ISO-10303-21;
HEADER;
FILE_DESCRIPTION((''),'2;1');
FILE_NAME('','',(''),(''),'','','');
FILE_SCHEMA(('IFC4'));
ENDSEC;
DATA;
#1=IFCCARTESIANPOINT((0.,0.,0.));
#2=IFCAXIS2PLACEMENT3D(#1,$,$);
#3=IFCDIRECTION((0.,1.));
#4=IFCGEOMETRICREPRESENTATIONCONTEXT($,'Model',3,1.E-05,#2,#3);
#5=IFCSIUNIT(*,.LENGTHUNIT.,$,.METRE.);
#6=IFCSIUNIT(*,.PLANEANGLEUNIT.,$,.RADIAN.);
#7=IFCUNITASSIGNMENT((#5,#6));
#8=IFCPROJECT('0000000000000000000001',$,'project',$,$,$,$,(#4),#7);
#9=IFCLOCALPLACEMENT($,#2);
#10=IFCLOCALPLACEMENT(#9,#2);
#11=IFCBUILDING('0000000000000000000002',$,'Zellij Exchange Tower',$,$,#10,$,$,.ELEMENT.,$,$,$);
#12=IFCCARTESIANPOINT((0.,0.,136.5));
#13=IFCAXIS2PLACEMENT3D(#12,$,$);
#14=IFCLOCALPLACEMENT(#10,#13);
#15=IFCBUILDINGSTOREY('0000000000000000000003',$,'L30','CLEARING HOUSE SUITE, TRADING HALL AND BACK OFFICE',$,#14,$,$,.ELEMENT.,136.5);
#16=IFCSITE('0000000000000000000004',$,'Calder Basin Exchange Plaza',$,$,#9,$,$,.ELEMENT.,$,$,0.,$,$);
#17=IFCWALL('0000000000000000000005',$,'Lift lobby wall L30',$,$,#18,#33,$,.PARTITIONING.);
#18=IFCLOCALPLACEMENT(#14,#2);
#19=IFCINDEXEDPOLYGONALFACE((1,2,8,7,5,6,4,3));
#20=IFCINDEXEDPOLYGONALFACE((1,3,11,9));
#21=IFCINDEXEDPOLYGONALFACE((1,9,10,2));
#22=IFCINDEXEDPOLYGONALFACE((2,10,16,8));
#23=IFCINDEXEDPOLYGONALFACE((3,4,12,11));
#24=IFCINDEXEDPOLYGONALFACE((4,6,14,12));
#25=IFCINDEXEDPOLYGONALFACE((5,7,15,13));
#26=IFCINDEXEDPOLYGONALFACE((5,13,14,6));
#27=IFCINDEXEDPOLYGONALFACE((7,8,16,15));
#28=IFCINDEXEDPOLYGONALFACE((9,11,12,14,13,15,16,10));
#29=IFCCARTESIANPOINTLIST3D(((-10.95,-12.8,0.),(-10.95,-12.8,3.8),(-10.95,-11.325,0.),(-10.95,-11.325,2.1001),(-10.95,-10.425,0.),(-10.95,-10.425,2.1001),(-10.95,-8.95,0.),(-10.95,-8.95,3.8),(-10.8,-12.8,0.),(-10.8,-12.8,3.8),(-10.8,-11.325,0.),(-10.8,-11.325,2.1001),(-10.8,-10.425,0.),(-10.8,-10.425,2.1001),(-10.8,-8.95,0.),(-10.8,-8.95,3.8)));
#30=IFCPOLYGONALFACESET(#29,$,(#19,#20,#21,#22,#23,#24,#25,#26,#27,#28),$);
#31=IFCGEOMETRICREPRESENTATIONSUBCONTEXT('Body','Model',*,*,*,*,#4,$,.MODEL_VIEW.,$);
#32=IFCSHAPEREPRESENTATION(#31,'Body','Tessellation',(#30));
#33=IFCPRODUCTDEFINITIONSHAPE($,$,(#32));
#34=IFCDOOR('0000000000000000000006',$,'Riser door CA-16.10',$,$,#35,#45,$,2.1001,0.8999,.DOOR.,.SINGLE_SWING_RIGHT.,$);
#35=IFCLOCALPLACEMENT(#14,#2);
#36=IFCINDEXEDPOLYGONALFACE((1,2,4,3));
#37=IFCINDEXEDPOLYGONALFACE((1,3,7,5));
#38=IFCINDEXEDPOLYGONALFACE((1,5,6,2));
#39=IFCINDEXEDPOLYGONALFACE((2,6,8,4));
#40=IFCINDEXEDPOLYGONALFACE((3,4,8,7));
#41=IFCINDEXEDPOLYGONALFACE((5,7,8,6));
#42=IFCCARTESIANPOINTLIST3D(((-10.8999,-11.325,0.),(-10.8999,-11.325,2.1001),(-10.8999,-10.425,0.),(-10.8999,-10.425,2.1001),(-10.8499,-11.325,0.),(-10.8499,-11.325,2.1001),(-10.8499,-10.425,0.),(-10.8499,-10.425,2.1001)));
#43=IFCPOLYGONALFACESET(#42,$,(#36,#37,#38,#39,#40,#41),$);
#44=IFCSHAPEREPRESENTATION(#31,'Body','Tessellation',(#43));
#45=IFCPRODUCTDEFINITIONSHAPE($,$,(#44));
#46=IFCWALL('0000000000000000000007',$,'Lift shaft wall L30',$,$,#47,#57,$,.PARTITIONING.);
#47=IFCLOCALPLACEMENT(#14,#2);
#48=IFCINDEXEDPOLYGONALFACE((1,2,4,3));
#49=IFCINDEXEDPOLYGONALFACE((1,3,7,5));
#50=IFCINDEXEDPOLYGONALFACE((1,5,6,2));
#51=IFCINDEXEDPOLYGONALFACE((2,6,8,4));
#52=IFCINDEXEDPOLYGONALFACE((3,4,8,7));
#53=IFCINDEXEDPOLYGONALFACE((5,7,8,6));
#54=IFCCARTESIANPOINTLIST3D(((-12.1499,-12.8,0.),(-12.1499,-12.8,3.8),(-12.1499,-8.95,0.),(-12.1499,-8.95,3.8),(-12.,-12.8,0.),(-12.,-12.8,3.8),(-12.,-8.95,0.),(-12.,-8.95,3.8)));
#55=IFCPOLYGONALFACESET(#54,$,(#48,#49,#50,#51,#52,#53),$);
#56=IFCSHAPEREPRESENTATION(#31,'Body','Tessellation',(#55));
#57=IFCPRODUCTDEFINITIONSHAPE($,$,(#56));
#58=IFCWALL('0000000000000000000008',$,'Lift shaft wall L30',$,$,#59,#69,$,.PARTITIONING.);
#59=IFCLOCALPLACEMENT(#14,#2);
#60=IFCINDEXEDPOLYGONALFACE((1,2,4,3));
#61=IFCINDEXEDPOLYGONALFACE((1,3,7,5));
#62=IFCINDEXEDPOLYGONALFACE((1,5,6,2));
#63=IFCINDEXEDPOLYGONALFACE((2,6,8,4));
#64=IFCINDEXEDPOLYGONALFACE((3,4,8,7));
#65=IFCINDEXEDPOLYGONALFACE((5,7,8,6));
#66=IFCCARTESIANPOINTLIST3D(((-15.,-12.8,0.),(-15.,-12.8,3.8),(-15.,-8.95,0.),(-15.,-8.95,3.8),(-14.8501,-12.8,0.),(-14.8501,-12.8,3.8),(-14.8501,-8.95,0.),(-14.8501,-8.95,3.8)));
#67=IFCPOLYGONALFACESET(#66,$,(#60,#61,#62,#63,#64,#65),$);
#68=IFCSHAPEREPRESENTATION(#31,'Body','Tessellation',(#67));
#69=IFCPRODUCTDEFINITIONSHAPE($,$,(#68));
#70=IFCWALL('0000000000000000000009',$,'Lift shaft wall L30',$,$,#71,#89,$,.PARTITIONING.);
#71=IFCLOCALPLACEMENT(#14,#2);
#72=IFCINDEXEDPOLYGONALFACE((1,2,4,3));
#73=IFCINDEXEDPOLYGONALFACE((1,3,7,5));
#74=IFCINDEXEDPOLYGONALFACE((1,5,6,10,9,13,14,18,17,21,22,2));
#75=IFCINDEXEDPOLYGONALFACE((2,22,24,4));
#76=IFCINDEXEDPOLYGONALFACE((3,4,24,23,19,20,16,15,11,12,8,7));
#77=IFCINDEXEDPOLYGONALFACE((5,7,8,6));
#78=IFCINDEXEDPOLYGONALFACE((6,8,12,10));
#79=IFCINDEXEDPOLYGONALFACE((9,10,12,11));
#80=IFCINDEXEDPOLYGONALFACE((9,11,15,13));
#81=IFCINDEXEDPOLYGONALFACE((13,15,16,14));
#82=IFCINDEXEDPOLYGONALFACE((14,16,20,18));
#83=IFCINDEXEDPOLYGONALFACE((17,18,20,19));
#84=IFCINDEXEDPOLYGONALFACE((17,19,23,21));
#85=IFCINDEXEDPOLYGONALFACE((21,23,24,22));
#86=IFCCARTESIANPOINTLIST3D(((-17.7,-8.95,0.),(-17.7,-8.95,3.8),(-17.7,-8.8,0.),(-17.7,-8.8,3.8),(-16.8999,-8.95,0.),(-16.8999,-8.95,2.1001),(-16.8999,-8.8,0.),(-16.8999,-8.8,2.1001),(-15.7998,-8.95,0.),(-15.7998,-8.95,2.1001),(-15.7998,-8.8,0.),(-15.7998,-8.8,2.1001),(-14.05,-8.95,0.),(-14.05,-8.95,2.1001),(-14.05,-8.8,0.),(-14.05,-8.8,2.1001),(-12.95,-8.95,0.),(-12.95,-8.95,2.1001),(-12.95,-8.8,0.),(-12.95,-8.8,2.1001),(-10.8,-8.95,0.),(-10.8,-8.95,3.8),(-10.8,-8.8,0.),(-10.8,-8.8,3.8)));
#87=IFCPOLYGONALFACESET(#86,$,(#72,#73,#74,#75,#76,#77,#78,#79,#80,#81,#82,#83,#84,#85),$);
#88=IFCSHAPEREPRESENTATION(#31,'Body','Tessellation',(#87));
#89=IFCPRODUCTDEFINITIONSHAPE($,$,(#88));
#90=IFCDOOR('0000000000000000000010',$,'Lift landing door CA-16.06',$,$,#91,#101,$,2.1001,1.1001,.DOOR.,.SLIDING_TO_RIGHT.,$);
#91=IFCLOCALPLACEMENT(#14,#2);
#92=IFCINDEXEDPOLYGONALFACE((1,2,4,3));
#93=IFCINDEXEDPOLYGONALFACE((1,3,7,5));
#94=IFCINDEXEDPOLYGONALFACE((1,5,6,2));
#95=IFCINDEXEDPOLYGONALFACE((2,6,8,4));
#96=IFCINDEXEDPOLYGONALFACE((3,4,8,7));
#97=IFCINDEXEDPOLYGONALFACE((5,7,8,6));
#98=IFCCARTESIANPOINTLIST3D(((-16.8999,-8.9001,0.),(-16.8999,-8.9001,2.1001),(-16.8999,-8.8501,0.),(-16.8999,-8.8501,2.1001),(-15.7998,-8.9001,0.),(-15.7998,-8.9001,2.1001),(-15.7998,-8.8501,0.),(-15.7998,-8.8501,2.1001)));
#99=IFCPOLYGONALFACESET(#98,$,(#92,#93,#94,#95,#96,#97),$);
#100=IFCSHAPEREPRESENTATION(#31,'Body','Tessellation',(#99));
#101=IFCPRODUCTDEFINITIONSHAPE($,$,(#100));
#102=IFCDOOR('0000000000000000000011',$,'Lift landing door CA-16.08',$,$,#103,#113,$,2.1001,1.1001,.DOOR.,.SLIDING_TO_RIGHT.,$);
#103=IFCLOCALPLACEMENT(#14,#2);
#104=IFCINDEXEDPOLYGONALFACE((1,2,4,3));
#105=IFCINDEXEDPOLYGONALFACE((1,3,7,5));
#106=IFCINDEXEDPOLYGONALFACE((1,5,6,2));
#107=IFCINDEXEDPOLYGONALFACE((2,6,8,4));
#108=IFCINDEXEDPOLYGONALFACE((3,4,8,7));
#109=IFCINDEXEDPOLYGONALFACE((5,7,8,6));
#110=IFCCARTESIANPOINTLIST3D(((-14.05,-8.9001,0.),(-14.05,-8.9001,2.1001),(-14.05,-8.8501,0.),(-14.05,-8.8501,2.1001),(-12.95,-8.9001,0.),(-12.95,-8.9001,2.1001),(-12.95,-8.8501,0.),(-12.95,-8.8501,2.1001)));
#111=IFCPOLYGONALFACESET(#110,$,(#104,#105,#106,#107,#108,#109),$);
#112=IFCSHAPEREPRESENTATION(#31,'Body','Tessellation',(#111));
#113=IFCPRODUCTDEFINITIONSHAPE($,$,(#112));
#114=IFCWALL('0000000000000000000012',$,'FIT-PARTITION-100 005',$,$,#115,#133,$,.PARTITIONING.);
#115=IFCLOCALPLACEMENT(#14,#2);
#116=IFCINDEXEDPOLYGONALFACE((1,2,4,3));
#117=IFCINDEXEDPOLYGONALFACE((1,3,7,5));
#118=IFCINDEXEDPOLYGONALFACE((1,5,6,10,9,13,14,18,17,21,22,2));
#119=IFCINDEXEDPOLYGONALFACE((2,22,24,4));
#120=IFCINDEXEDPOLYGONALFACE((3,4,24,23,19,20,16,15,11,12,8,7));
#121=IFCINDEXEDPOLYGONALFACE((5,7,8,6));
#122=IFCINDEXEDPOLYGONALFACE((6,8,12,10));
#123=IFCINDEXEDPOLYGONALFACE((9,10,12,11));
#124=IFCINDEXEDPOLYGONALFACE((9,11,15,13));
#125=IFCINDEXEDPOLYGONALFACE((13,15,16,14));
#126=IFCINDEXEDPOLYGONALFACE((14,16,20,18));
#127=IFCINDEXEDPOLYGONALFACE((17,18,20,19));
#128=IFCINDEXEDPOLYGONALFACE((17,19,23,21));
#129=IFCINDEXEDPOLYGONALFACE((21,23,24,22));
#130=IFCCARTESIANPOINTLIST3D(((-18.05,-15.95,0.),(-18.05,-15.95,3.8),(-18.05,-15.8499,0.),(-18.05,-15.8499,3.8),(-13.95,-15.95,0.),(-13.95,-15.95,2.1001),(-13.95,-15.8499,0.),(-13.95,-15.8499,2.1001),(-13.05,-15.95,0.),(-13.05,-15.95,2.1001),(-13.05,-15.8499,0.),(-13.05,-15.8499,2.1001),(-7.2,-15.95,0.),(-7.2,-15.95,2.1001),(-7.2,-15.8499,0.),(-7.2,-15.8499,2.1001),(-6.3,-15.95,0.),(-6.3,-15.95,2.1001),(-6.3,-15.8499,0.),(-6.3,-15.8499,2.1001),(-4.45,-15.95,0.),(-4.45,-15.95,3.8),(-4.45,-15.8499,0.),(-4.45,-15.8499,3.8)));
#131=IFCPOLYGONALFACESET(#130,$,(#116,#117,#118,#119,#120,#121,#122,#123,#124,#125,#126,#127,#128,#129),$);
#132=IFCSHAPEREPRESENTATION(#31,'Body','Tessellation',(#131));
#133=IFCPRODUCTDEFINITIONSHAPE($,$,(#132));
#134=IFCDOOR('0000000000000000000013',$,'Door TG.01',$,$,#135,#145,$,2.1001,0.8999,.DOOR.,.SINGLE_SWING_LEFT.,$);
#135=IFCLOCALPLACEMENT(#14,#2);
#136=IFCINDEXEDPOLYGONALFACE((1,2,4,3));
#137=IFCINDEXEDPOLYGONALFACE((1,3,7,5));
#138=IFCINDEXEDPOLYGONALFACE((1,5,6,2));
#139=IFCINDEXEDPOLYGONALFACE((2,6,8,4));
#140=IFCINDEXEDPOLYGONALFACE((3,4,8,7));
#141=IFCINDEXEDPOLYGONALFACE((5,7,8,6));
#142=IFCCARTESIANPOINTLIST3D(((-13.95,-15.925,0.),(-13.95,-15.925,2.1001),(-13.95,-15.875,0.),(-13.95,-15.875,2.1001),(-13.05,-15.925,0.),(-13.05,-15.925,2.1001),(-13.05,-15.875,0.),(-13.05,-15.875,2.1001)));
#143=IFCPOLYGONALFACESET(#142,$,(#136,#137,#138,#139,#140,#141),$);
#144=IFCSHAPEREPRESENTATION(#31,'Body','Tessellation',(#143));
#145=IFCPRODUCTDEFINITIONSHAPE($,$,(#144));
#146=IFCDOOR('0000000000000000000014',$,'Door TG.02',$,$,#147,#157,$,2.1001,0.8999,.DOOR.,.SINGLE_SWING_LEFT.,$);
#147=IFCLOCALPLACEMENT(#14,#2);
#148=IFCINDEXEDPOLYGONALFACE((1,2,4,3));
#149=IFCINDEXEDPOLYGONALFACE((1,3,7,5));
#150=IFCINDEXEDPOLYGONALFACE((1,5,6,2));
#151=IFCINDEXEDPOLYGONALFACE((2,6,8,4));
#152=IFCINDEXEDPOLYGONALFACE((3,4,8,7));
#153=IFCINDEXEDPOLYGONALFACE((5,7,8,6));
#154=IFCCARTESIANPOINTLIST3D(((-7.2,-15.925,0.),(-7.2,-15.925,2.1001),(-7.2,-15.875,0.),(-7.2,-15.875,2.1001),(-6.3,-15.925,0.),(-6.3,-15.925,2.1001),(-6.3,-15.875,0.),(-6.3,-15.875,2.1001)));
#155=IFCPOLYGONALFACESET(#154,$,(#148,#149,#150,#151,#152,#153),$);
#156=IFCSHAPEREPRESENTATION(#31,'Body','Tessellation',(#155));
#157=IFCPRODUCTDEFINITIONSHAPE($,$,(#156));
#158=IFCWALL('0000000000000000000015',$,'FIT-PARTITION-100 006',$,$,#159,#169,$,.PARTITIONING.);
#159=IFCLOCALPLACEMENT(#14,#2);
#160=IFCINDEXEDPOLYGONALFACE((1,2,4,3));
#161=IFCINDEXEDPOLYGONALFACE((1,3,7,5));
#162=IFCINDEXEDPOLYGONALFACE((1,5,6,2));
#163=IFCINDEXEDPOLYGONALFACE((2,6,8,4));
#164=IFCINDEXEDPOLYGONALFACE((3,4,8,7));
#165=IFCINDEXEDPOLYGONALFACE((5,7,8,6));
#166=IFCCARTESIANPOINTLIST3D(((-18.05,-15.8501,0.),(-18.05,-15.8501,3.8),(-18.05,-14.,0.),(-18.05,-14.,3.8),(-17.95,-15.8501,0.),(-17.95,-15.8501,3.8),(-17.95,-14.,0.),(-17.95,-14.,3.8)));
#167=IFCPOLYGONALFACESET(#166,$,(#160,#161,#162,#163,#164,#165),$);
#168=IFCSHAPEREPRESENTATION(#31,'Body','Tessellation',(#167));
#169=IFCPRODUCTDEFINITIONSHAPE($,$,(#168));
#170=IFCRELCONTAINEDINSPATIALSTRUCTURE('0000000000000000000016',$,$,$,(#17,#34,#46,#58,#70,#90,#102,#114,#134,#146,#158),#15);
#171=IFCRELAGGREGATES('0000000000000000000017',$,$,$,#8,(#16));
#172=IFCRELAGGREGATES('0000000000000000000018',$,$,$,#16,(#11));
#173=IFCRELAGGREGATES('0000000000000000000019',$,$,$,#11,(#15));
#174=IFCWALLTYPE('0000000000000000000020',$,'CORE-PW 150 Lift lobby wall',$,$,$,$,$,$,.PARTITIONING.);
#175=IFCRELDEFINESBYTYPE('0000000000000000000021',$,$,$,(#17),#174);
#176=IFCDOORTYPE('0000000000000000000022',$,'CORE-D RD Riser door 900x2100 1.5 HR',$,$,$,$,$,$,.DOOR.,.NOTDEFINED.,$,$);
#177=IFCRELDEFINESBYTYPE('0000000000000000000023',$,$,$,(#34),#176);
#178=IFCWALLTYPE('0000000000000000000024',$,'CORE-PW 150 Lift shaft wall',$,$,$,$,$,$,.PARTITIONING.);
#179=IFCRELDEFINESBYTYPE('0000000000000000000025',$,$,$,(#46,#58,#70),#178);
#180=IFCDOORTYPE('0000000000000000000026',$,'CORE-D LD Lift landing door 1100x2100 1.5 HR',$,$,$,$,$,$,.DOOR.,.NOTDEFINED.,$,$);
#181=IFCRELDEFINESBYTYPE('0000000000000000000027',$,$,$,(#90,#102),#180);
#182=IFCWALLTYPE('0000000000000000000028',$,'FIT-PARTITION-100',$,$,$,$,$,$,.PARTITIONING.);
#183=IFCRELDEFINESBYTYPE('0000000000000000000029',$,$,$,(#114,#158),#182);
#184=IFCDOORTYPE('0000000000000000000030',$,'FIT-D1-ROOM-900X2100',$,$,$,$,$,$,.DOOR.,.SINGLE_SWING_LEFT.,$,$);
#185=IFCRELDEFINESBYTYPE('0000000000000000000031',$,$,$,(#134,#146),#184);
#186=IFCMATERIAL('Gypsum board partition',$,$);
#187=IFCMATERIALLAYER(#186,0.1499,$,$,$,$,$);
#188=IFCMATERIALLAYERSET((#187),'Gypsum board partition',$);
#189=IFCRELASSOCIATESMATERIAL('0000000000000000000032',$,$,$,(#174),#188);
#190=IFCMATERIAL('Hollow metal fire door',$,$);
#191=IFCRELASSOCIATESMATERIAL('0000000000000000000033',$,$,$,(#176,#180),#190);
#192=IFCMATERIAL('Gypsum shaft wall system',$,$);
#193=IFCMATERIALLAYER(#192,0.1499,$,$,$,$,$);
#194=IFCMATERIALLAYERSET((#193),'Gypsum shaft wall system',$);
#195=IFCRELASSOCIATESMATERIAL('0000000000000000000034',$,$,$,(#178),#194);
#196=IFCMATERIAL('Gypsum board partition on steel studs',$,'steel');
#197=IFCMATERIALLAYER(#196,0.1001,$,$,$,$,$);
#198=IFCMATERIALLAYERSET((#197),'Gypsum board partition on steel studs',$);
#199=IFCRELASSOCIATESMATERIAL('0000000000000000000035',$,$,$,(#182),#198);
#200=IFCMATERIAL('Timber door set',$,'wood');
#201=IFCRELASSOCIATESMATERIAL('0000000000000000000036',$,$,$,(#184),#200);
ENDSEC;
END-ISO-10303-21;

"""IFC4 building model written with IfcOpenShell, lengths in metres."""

from ifc_helpers import new_model, si_unit, direction, frame, frame_2d, origin, place, context, subcontext, project, spatial, rectangle, extrude, material, layer, layer_set, type_object, element, fill, save


model = new_model("IFC4")

# Units and contexts
model_context = context("Model", 3, precision=1e-05, world=origin(), true_north=direction((0.0, 1.0)))
body_context = subcontext(model_context, "Body", "Model", "MODEL_VIEW")
ifc_project = project(units=[si_unit("LENGTHUNIT", "METRE"), si_unit("PLANEANGLEUNIT", "RADIAN")], contexts=[model_context])

# Site, building, storey
site_placement = place(None, origin())
site = spatial("IfcSite", under=ifc_project, at=site_placement, Name="Calder Basin Exchange Plaza", CompositionType="ELEMENT", RefElevation=0.0)
building_placement = place(site_placement, origin())
building = spatial("IfcBuilding", under=site, at=building_placement, Name="Zellij Exchange Tower", CompositionType="ELEMENT")
storey_placement = place(building_placement, frame((0.0, 0.0, 136.5)))
storey = spatial("IfcBuildingStorey", under=building, at=storey_placement, Name="L30", Description="CLEARING HOUSE SUITE, TRADING HALL AND BACK OFFICE", CompositionType="ELEMENT", Elevation=136.5)

# Wall, opening, door
ifc_material_1 = material(Name="Gypsum board partition")
ifc_layer_1 = layer(ifc_material_1, 0.1499)
ifc_layer_set_1 = layer_set([ifc_layer_1], Name="Gypsum board partition")
wall_type_1 = type_object("IfcWallType", Name="CORE-PW 150 Lift lobby wall", PredefinedType="PARTITIONING", material=ifc_layer_set_1)
wall_1_placement = place(storey_placement, frame((-10.875, -12.8, 0.0), z_axis=(0.0, 0.0, 1.0), x_axis=(0.0, 1.0, 0.0)))
wall_1 = element("IfcWall", 1, at=wall_1_placement, inside=storey, type_object=wall_type_1, Name="Lift lobby wall L30", PredefinedType="PARTITIONING", context=body_context, shape_type="SweptSolid", body=[
    extrude(rectangle(XDim=3.8501, YDim=0.1499, at=frame_2d((1.925, 0.0))), origin(), (0.0, 0.0, 1.0), 3.8),
])
opening_1_placement = place(wall_1_placement, frame((1.4751, 0.0, 0.0)))
opening_1 = element("IfcOpeningElement", 2, at=opening_1_placement, cuts=wall_1, PredefinedType="OPENING", context=body_context, shape_type="SweptSolid", body=[
    extrude(rectangle(XDim=0.8999, YDim=2.1001, at=frame_2d((0.45, 1.05))), frame((0.0, 0.0869, 0.0), z_axis=(0.0, -1.0, 0.0), x_axis=(1.0, 0.0, 0.0)), (0.0, 0.0, 1.0), 0.1738),
])
ifc_material_2 = material(Name="Hollow metal fire door")
door_type_1 = type_object("IfcDoorType", Name="CORE-D RD Riser door 900x2100 1.5 HR", OperationType="NOTDEFINED", PredefinedType="DOOR", material=ifc_material_2)
door_1_placement = place(opening_1_placement, origin())
door_1 = element("IfcDoor", 3, at=door_1_placement, inside=storey, type_object=door_type_1, Name="Riser door CA-16.10", OperationType="SINGLE_SWING_RIGHT", OverallHeight=2.1001, OverallWidth=0.8999, PredefinedType="DOOR", context=body_context, shape_type="SweptSolid", body=[
    extrude(rectangle(XDim=0.8999, YDim=2.1001, at=frame_2d((0.45, 1.05))), frame((0.0, 0.0249, 0.0), z_axis=(0.0, -1.0, 0.0), x_axis=(1.0, 0.0, 0.0)), (0.0, 0.0, 1.0), 0.05),
])
fill(opening_1, door_1)

# Walls
ifc_material_3 = material(Name="Gypsum shaft wall system")
ifc_layer_2 = layer(ifc_material_3, 0.1499)
ifc_layer_set_2 = layer_set([ifc_layer_2], Name="Gypsum shaft wall system")
wall_type_2 = type_object("IfcWallType", Name="CORE-PW 150 Lift shaft wall", PredefinedType="PARTITIONING", material=ifc_layer_set_2)
for number, where, z_axis, x_axis, name in (
    (4, (-12.075, -12.8, 0.0), (0.0, 0.0, 1.0), (0.0, 1.0, 0.0), "Lift shaft wall L30"),
    (5, (-14.925, -12.8, 0.0), (0.0, 0.0, 1.0), (0.0, 1.0, 0.0), "Lift shaft wall L30"),
):
    element("IfcWall", number, at=place(storey_placement, frame(where, z_axis=z_axis, x_axis=x_axis)), inside=storey, type_object=wall_type_2, Name=name, PredefinedType="PARTITIONING", context=body_context, shape_type="SweptSolid", body=[
        extrude(rectangle(XDim=3.8501, YDim=0.1499, at=frame_2d((1.925, 0.0))), origin(), (0.0, 0.0, 1.0), 3.8),
    ])

# Walls, openings, doors
wall_2_placement = place(storey_placement, frame((-17.7, -8.875, 0.0), z_axis=(0.0, 0.0, 1.0), x_axis=(1.0, 0.0, 0.0)))
wall_2 = element("IfcWall", 6, at=wall_2_placement, inside=storey, type_object=wall_type_2, Name="Lift shaft wall L30", PredefinedType="PARTITIONING", context=body_context, shape_type="SweptSolid", body=[
    extrude(rectangle(XDim=6.8999, YDim=0.1499, at=frame_2d((3.45, 0.0))), origin(), (0.0, 0.0, 1.0), 3.8),
])
opening_2_placement = place(wall_2_placement, frame((0.8, 0.0, 0.0)))
opening_2 = element("IfcOpeningElement", 7, at=opening_2_placement, cuts=wall_2, PredefinedType="OPENING", context=body_context, shape_type="SweptSolid", body=[
    extrude(rectangle(XDim=1.1001, YDim=2.1001, at=frame_2d((0.55, 1.05))), frame((0.0, 0.0869, 0.0), z_axis=(0.0, -1.0, 0.0), x_axis=(1.0, 0.0, 0.0)), (0.0, 0.0, 1.0), 0.1738),
])
opening_3_placement = place(wall_2_placement, frame((3.6499, 0.0, 0.0)))
opening_3 = element("IfcOpeningElement", 8, at=opening_3_placement, cuts=wall_2, PredefinedType="OPENING", context=body_context, shape_type="SweptSolid", body=[
    extrude(rectangle(XDim=1.1001, YDim=2.1001, at=frame_2d((0.55, 1.05))), frame((0.0, 0.0869, 0.0), z_axis=(0.0, -1.0, 0.0), x_axis=(1.0, 0.0, 0.0)), (0.0, 0.0, 1.0), 0.1738),
])
door_type_2 = type_object("IfcDoorType", Name="CORE-D LD Lift landing door 1100x2100 1.5 HR", OperationType="NOTDEFINED", PredefinedType="DOOR", material=ifc_material_2)
door_2_placement = place(opening_2_placement, origin())
door_2 = element("IfcDoor", 9, at=door_2_placement, inside=storey, type_object=door_type_2, Name="Lift landing door CA-16.06", OperationType="SLIDING_TO_RIGHT", OverallHeight=2.1001, OverallWidth=1.1001, PredefinedType="DOOR", context=body_context, shape_type="SweptSolid", body=[
    extrude(rectangle(XDim=1.1001, YDim=2.1001, at=frame_2d((0.55, 1.05))), frame((0.0, 0.0249, 0.0), z_axis=(0.0, -1.0, 0.0), x_axis=(1.0, 0.0, 0.0)), (0.0, 0.0, 1.0), 0.05),
])
fill(opening_2, door_2)
door_3_placement = place(opening_3_placement, origin())
door_3 = element("IfcDoor", 10, at=door_3_placement, inside=storey, type_object=door_type_2, Name="Lift landing door CA-16.08", OperationType="SLIDING_TO_RIGHT", OverallHeight=2.1001, OverallWidth=1.1001, PredefinedType="DOOR", context=body_context, shape_type="SweptSolid", body=[
    extrude(rectangle(XDim=1.1001, YDim=2.1001, at=frame_2d((0.55, 1.05))), frame((0.0, 0.0249, 0.0), z_axis=(0.0, -1.0, 0.0), x_axis=(1.0, 0.0, 0.0)), (0.0, 0.0, 1.0), 0.05),
])
fill(opening_3, door_3)
ifc_material_4 = material(Name="Gypsum board partition on steel studs", Category="steel")
ifc_layer_3 = layer(ifc_material_4, 0.1001)
ifc_layer_set_3 = layer_set([ifc_layer_3], Name="Gypsum board partition on steel studs")
wall_type_3 = type_object("IfcWallType", Name="FIT-PARTITION-100", PredefinedType="PARTITIONING", material=ifc_layer_set_3)
wall_3_placement = place(storey_placement, frame((-18.05, -15.8999, 0.0), z_axis=(0.0, 0.0, 1.0), x_axis=(1.0, 0.0, 0.0)))
wall_3 = element("IfcWall", 11, at=wall_3_placement, inside=storey, type_object=wall_type_3, Name="FIT-PARTITION-100 005", PredefinedType="PARTITIONING", context=body_context, shape_type="SweptSolid", body=[
    extrude(rectangle(XDim=13.6001, YDim=0.1001, at=frame_2d((6.8, 0.0))), origin(), (0.0, 0.0, 1.0), 3.8),
])
opening_4_placement = place(wall_3_placement, frame((4.1001, 0.0, 0.0)))
opening_4 = element("IfcOpeningElement", 12, at=opening_4_placement, cuts=wall_3, PredefinedType="OPENING", context=body_context, shape_type="SweptSolid", body=[
    extrude(rectangle(XDim=0.8999, YDim=2.1001, at=frame_2d((0.45, 1.05))), frame((0.0, 0.062, 0.0), z_axis=(0.0, -1.0, 0.0), x_axis=(1.0, 0.0, 0.0)), (0.0, 0.0, 1.0), 0.124),
])
opening_5_placement = place(wall_3_placement, frame((10.8501, 0.0, 0.0)))
opening_5 = element("IfcOpeningElement", 13, at=opening_5_placement, cuts=wall_3, PredefinedType="OPENING", context=body_context, shape_type="SweptSolid", body=[
    extrude(rectangle(XDim=0.8999, YDim=2.1001, at=frame_2d((0.45, 1.05))), frame((0.0, 0.062, 0.0), z_axis=(0.0, -1.0, 0.0), x_axis=(1.0, 0.0, 0.0)), (0.0, 0.0, 1.0), 0.124),
])
ifc_material_5 = material(Name="Timber door set", Category="wood")
door_type_3 = type_object("IfcDoorType", Name="FIT-D1-ROOM-900X2100", OperationType="SINGLE_SWING_LEFT", PredefinedType="DOOR", material=ifc_material_5)
door_4_placement = place(opening_4_placement, origin())
door_4 = element("IfcDoor", 14, at=door_4_placement, inside=storey, type_object=door_type_3, Name="Door TG.01", OperationType="SINGLE_SWING_LEFT", OverallHeight=2.1001, OverallWidth=0.8999, PredefinedType="DOOR", context=body_context, shape_type="SweptSolid", body=[
    extrude(rectangle(XDim=0.8999, YDim=2.1001, at=frame_2d((0.45, 1.05))), frame((0.0, 0.0249, 0.0), z_axis=(0.0, -1.0, 0.0), x_axis=(1.0, 0.0, 0.0)), (0.0, 0.0, 1.0), 0.05),
])
fill(opening_4, door_4)
door_5_placement = place(opening_5_placement, origin())
door_5 = element("IfcDoor", 15, at=door_5_placement, inside=storey, type_object=door_type_3, Name="Door TG.02", OperationType="SINGLE_SWING_LEFT", OverallHeight=2.1001, OverallWidth=0.8999, PredefinedType="DOOR", context=body_context, shape_type="SweptSolid", body=[
    extrude(rectangle(XDim=0.8999, YDim=2.1001, at=frame_2d((0.45, 1.05))), frame((0.0, 0.0249, 0.0), z_axis=(0.0, -1.0, 0.0), x_axis=(1.0, 0.0, 0.0)), (0.0, 0.0, 1.0), 0.05),
])
fill(opening_5, door_5)

# Wall
wall_4_placement = place(storey_placement, frame((-18.0, -15.8501, 0.0), z_axis=(0.0, 0.0, 1.0), x_axis=(0.0, 1.0, 0.0)))
element("IfcWall", 16, at=wall_4_placement, inside=storey, type_object=wall_type_3, Name="FIT-PARTITION-100 006", PredefinedType="PARTITIONING", context=body_context, shape_type="SweptSolid", body=[
    extrude(rectangle(XDim=1.8501, YDim=0.1001, at=frame_2d((0.925, 0.0))), origin(), (0.0, 0.0, 1.0), 3.8),
])

save(model, "model.ifc")
